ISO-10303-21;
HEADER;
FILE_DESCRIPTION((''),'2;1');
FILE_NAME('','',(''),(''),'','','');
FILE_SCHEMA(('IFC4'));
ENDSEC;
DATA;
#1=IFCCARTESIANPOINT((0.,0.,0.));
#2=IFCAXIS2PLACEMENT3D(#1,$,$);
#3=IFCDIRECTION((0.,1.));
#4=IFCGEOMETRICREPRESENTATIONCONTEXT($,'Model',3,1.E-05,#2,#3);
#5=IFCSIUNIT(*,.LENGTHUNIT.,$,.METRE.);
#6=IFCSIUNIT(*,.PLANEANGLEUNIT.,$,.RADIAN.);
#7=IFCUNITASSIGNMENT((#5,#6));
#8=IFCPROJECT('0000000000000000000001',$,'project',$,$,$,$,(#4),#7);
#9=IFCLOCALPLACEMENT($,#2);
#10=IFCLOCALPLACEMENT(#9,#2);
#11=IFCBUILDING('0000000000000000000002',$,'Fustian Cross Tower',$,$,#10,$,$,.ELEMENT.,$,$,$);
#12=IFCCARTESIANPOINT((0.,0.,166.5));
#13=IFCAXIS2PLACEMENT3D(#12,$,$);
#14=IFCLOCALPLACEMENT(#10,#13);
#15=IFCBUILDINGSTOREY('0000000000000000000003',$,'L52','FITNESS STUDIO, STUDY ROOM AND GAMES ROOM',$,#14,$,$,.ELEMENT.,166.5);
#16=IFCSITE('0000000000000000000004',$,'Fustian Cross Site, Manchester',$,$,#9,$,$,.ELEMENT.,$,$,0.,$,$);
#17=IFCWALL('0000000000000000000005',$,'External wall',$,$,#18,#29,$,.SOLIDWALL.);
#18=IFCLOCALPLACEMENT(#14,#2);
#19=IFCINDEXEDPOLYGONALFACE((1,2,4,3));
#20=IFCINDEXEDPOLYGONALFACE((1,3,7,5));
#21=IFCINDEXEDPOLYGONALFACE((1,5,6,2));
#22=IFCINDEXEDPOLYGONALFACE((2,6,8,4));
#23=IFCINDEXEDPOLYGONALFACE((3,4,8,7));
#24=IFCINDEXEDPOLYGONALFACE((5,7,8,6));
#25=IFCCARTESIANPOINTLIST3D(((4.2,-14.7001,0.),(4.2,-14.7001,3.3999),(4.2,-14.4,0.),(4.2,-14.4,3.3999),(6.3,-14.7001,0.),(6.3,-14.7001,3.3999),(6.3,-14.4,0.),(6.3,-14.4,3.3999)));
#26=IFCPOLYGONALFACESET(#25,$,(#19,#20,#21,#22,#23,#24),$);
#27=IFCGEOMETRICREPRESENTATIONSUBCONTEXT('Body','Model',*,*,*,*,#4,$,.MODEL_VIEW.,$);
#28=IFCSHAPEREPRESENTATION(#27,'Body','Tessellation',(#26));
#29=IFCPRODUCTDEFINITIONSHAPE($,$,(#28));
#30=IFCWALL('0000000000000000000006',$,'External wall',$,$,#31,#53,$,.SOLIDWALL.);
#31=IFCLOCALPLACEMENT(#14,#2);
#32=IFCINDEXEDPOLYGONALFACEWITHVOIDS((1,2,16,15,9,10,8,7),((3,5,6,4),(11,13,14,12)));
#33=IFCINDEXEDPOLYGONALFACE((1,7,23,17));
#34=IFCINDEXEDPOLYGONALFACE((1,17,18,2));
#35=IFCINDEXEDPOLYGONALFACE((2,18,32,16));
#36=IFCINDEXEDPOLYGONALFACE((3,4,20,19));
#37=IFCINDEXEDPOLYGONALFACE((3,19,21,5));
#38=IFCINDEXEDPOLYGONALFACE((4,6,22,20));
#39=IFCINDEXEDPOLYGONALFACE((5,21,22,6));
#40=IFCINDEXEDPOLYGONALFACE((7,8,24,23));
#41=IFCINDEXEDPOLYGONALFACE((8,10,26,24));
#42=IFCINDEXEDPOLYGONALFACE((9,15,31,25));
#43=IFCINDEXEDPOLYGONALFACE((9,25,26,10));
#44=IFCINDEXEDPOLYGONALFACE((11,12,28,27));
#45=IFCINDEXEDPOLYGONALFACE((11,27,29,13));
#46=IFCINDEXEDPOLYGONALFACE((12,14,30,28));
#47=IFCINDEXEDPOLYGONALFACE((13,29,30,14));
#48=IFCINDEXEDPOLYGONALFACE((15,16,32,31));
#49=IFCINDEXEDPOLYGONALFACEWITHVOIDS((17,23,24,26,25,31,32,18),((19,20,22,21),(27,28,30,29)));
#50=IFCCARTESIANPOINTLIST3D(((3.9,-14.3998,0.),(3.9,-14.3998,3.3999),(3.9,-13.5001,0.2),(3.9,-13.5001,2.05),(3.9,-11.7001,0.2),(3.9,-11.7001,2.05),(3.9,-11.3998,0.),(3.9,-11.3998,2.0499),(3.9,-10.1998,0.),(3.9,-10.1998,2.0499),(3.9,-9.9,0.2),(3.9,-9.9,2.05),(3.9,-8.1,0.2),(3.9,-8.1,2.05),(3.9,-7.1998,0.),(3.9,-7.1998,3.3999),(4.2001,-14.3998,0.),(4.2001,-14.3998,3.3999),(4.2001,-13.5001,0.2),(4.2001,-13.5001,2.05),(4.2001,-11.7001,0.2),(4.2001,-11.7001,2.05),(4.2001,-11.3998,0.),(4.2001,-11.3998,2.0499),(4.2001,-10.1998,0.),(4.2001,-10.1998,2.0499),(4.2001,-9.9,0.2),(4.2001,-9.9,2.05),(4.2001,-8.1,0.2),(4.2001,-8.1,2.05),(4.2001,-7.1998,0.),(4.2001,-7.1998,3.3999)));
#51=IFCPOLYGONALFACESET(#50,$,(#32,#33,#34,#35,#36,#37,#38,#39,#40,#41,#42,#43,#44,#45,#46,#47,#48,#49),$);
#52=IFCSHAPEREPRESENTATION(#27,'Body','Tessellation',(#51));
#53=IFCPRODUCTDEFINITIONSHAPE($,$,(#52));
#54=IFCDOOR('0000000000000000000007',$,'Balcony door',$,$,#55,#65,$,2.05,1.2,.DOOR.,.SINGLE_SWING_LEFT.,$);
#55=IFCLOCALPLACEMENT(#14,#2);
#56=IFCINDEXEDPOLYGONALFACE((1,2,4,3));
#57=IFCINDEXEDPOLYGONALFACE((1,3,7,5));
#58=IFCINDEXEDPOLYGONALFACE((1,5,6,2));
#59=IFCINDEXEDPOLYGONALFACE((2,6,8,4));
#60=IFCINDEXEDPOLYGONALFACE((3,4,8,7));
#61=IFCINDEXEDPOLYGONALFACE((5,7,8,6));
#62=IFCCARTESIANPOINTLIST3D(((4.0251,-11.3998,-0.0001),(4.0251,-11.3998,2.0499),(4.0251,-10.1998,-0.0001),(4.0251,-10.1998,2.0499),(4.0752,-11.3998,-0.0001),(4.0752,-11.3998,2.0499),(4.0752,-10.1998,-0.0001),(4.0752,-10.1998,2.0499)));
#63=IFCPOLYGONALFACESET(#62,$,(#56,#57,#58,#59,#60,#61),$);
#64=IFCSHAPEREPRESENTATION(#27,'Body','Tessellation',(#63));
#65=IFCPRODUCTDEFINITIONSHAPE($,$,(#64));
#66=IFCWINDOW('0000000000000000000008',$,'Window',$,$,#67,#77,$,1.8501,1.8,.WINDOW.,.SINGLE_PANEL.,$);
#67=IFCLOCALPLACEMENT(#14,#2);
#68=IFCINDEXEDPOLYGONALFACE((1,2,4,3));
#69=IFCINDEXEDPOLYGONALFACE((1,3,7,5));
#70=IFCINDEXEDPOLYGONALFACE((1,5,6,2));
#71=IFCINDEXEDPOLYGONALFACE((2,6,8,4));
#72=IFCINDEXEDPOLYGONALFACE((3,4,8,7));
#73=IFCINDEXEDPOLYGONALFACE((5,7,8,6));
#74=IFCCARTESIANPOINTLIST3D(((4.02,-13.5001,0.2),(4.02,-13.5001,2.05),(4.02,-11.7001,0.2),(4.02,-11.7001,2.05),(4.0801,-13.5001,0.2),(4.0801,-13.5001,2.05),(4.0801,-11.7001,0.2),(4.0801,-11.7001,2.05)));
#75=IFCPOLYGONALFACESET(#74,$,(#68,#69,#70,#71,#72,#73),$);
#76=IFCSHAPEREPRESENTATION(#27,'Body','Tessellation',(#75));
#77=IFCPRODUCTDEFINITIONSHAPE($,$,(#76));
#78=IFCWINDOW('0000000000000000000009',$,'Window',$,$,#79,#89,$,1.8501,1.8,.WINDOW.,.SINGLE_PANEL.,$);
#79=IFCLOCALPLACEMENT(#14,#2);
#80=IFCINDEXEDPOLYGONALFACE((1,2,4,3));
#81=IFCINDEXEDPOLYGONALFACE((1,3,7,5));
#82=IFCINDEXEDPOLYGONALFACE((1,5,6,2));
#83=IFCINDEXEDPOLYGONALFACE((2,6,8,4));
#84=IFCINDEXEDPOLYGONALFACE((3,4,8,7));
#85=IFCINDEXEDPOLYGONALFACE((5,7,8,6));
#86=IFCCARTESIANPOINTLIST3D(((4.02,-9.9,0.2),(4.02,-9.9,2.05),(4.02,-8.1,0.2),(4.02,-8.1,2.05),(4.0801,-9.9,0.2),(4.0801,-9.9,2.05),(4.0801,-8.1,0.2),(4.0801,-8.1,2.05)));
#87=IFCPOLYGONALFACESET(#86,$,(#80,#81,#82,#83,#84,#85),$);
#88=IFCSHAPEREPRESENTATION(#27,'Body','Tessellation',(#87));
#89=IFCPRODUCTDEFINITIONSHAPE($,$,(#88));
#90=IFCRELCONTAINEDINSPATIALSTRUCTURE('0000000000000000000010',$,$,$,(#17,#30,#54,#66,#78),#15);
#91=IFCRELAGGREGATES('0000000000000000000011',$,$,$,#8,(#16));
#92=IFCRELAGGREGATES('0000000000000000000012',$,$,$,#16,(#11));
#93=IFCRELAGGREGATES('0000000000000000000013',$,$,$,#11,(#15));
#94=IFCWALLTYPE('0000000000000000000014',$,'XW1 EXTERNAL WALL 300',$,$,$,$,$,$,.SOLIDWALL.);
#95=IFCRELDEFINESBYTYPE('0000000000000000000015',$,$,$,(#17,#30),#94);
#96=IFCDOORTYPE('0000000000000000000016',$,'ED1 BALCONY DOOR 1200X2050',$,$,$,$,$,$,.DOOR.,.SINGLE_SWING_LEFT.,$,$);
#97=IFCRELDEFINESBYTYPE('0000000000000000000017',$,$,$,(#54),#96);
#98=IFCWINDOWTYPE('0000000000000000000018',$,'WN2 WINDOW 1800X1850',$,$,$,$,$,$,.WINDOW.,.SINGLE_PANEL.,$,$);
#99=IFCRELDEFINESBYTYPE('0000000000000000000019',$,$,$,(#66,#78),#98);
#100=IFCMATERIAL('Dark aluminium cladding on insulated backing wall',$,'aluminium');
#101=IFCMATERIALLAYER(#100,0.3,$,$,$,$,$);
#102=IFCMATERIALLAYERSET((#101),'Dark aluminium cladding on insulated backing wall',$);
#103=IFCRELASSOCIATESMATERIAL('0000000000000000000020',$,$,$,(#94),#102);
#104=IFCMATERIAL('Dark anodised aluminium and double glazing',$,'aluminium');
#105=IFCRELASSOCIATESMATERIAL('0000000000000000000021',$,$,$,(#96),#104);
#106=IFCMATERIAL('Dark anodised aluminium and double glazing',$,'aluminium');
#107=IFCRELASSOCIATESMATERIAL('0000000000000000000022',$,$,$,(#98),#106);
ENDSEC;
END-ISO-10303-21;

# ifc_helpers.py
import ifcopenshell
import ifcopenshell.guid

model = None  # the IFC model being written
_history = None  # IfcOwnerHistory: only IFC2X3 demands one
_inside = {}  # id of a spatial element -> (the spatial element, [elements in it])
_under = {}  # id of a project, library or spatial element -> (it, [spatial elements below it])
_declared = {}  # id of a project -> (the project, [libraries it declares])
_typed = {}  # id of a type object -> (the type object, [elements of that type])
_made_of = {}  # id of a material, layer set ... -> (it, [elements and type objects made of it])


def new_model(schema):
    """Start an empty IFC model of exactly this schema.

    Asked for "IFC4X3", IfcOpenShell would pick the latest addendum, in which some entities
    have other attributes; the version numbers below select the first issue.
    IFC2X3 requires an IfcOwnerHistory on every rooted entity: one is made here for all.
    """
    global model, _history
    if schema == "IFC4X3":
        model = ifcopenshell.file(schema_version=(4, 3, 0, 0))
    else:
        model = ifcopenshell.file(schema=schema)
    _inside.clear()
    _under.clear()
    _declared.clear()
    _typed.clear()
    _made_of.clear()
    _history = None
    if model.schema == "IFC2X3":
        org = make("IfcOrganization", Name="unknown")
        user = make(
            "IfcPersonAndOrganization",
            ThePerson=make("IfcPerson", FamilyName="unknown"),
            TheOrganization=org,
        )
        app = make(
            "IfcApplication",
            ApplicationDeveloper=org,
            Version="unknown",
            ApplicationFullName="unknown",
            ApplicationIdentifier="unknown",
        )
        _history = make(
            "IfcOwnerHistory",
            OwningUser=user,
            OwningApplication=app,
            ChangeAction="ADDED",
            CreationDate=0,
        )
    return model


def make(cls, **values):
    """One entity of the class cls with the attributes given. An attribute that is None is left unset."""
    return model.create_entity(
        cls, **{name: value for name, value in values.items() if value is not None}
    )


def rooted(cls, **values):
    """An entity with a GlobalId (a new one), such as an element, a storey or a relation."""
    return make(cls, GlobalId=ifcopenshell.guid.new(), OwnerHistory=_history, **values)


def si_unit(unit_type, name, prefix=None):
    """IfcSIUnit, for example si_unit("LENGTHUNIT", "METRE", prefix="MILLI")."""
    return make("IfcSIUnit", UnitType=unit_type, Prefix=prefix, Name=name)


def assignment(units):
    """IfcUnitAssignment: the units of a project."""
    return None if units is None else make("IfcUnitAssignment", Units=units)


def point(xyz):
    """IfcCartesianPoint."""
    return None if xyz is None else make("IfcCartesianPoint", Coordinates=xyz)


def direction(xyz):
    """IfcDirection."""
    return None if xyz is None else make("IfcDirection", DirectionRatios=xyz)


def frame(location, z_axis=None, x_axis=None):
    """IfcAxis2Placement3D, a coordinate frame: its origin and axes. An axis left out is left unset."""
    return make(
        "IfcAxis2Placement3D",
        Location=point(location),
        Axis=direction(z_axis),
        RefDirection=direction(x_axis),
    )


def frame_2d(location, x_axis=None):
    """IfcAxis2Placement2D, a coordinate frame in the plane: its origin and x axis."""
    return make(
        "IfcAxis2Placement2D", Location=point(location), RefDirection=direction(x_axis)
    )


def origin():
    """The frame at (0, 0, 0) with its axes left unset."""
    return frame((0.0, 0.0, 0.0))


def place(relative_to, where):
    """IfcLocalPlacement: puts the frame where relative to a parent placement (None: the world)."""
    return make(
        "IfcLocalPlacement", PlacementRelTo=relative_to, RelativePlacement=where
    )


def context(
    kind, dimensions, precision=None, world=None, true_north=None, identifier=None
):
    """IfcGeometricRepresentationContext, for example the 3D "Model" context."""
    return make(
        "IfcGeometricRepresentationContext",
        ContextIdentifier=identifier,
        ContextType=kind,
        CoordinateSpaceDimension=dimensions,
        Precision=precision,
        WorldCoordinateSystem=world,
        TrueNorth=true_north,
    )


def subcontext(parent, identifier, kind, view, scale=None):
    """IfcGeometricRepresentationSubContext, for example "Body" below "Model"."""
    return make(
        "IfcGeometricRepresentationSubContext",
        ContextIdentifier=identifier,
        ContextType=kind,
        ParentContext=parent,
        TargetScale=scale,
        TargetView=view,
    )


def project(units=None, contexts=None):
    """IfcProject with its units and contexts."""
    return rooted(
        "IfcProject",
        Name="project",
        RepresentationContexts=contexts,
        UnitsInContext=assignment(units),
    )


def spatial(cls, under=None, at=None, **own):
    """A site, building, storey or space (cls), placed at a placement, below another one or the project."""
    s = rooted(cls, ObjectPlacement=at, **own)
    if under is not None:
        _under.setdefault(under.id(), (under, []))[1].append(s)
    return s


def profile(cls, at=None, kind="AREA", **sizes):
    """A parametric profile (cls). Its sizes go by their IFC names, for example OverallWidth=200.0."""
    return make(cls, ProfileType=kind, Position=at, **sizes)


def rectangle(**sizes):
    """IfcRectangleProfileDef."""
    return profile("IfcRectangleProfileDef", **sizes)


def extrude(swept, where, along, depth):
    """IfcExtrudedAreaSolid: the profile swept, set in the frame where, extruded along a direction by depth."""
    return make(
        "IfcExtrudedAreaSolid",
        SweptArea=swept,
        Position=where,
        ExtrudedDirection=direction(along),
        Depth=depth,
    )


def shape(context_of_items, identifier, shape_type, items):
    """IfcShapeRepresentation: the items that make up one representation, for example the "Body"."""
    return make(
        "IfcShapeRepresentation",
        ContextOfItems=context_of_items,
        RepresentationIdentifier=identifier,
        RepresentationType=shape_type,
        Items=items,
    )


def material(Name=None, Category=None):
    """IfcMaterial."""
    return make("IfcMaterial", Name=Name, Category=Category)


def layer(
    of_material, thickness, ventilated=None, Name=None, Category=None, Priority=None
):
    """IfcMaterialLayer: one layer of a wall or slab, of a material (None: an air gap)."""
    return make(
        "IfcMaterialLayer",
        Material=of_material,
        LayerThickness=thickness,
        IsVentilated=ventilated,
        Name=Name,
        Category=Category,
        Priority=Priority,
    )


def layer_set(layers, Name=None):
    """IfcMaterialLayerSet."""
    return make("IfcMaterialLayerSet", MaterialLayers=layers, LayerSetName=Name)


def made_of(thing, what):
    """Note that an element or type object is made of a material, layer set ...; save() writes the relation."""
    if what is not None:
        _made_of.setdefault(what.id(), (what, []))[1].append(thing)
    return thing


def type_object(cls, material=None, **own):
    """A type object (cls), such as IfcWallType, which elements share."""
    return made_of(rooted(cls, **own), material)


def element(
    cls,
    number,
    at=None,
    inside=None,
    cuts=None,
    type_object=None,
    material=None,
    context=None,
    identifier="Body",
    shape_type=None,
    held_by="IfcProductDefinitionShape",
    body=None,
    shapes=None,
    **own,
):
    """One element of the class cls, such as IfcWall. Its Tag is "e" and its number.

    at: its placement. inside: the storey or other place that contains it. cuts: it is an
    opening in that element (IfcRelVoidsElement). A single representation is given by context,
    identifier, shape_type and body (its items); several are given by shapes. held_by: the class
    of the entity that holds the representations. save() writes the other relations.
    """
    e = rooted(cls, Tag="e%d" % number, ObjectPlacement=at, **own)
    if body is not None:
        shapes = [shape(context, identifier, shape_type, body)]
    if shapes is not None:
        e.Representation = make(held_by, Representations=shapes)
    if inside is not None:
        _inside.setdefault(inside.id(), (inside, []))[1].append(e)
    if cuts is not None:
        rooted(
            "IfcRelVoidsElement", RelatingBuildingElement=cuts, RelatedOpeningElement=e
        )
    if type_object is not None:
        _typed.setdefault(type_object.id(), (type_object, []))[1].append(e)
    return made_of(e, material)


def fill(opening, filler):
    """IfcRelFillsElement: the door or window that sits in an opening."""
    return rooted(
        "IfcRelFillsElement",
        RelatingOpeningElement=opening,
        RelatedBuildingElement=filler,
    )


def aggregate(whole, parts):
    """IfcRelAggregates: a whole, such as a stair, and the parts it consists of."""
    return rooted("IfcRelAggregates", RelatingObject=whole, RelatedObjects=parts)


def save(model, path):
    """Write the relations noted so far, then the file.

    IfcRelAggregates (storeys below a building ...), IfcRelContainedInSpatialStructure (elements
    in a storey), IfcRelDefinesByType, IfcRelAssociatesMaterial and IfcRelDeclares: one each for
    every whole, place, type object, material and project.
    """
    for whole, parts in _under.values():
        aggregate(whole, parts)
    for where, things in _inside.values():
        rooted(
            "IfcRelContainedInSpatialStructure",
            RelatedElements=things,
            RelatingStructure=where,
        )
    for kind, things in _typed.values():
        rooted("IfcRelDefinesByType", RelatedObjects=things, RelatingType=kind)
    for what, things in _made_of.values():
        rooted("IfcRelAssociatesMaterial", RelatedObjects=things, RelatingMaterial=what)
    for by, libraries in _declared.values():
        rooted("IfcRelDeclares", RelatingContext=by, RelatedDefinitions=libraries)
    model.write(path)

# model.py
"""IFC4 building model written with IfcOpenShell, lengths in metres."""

from ifc_helpers import new_model, si_unit, direction, frame, frame_2d, origin, place, context, subcontext, project, spatial, rectangle, extrude, material, layer, layer_set, type_object, element, fill, save


model = new_model("IFC4")

# Units and contexts
model_context = context("Model", 3, precision=1e-05, world=origin(), true_north=direction((0.0, 1.0)))
body_context = subcontext(model_context, "Body", "Model", "MODEL_VIEW")
ifc_project = project(units=[si_unit("LENGTHUNIT", "METRE"), si_unit("PLANEANGLEUNIT", "RADIAN")], contexts=[model_context])

# Site, building, storey
site_placement = place(None, origin())
site = spatial("IfcSite", under=ifc_project, at=site_placement, Name="Fustian Cross Site, Manchester", CompositionType="ELEMENT", RefElevation=0.0)
building_placement = place(site_placement, origin())
building = spatial("IfcBuilding", under=site, at=building_placement, Name="Fustian Cross Tower", CompositionType="ELEMENT")
storey_placement = place(building_placement, frame((0.0, 0.0, 166.5)))
storey = spatial("IfcBuildingStorey", under=building, at=storey_placement, Name="L52", Description="FITNESS STUDIO, STUDY ROOM AND GAMES ROOM", CompositionType="ELEMENT", Elevation=166.5)

# Wall
ifc_material_1 = material(Name="Dark aluminium cladding on insulated backing wall", Category="aluminium")
ifc_layer_1 = layer(ifc_material_1, 0.3)
ifc_layer_set_1 = layer_set([ifc_layer_1], Name="Dark aluminium cladding on insulated backing wall")
wall_type_1 = type_object("IfcWallType", Name="XW1 EXTERNAL WALL 300", PredefinedType="SOLIDWALL", material=ifc_layer_set_1)
wall_1_placement = place(storey_placement, frame((6.3, -14.55, 0.0), z_axis=(0.0, 0.0, 1.0), x_axis=(-1.0, 0.0, 0.0)))
element("IfcWall", 1, at=wall_1_placement, inside=storey, type_object=wall_type_1, Name="External wall", PredefinedType="SOLIDWALL", context=body_context, shape_type="SweptSolid", body=[
    extrude(rectangle(XDim=2.1001, YDim=0.3, at=frame_2d((1.05, 0.0))), origin(), (0.0, 0.0, 1.0), 3.3999),
])

# Wall, openings, door, windows
wall_2_placement = place(storey_placement, frame((4.05, -14.3999, 0.0), z_axis=(0.0, 0.0, 1.0), x_axis=(0.0, 1.0, 0.0)))
wall_2 = element("IfcWall", 2, at=wall_2_placement, inside=storey, type_object=wall_type_1, Name="External wall", PredefinedType="SOLIDWALL", context=body_context, shape_type="SweptSolid", body=[
    extrude(rectangle(XDim=7.2, YDim=0.3, at=frame_2d((3.6001, 0.0))), origin(), (0.0, 0.0, 1.0), 3.3999),
])
opening_1_placement = place(wall_2_placement, frame((3.0, 0.0, 0.0)))
opening_1 = element("IfcOpeningElement", 3, at=opening_1_placement, cuts=wall_2, PredefinedType="OPENING", context=body_context, shape_type="SweptSolid", body=[
    extrude(rectangle(XDim=1.2, YDim=2.05, at=frame_2d((0.6001, 1.0249))), frame((0.0, 0.1599, 0.0), z_axis=(0.0, -1.0, 0.0), x_axis=(1.0, 0.0, 0.0)), (0.0, 0.0, 1.0), 0.3201),
])
opening_2_placement = place(wall_2_placement, frame((0.8999, 0.0, 0.2)))
opening_2 = element("IfcOpeningElement", 4, at=opening_2_placement, cuts=wall_2, PredefinedType="OPENING", context=body_context, shape_type="SweptSolid", body=[
    extrude(rectangle(XDim=1.8, YDim=1.8501, at=frame_2d((0.8999, 0.925))), frame((0.0, 0.1599, 0.0), z_axis=(0.0, -1.0, 0.0), x_axis=(1.0, 0.0, 0.0)), (0.0, 0.0, 1.0), 0.3201),
])
opening_3_placement = place(wall_2_placement, frame((4.5, 0.0, 0.2)))
opening_3 = element("IfcOpeningElement", 5, at=opening_3_placement, cuts=wall_2, PredefinedType="OPENING", context=body_context, shape_type="SweptSolid", body=[
    extrude(rectangle(XDim=1.8, YDim=1.8501, at=frame_2d((0.8999, 0.925))), frame((0.0, 0.1599, 0.0), z_axis=(0.0, -1.0, 0.0), x_axis=(1.0, 0.0, 0.0)), (0.0, 0.0, 1.0), 0.3201),
])
ifc_material_2 = material(Name="Dark anodised aluminium and double glazing", Category="aluminium")
door_type = type_object("IfcDoorType", Name="ED1 BALCONY DOOR 1200X2050", OperationType="SINGLE_SWING_LEFT", PredefinedType="DOOR", material=ifc_material_2)
door_placement = place(opening_1_placement, origin())
door = element("IfcDoor", 6, at=door_placement, inside=storey, type_object=door_type, Name="Balcony door", OperationType="SINGLE_SWING_LEFT", OverallHeight=2.05, OverallWidth=1.2, PredefinedType="DOOR", context=body_context, shape_type="SweptSolid", body=[
    extrude(rectangle(XDim=1.2, YDim=2.05, at=frame_2d((0.6001, 1.0249))), frame((0.0, 0.0249, 0.0), z_axis=(0.0, -1.0, 0.0), x_axis=(1.0, 0.0, 0.0)), (0.0, 0.0, 1.0), 0.05),
])
fill(opening_1, door)
ifc_material_3 = material(Name="Dark anodised aluminium and double glazing", Category="aluminium")
window_type = type_object("IfcWindowType", Name="WN2 WINDOW 1800X1850", PartitioningType="SINGLE_PANEL", PredefinedType="WINDOW", material=ifc_material_3)
window_1_placement = place(opening_2_placement, origin())
window_1 = element("IfcWindow", 7, at=window_1_placement, inside=storey, type_object=window_type, Name="Window", OverallHeight=1.8501, OverallWidth=1.8, PartitioningType="SINGLE_PANEL", PredefinedType="WINDOW", context=body_context, shape_type="SweptSolid", body=[
    extrude(rectangle(XDim=1.8, YDim=1.8501, at=frame_2d((0.8999, 0.925))), frame((0.0, 0.03, 0.0), z_axis=(0.0, -1.0, 0.0), x_axis=(1.0, 0.0, 0.0)), (0.0, 0.0, 1.0), 0.0601),
])
fill(opening_2, window_1)
window_2_placement = place(opening_3_placement, origin())
window_2 = element("IfcWindow", 8, at=window_2_placement, inside=storey, type_object=window_type, Name="Window", OverallHeight=1.8501, OverallWidth=1.8, PartitioningType="SINGLE_PANEL", PredefinedType="WINDOW", context=body_context, shape_type="SweptSolid", body=[
    extrude(rectangle(XDim=1.8, YDim=1.8501, at=frame_2d((0.8999, 0.925))), frame((0.0, 0.03, 0.0), z_axis=(0.0, -1.0, 0.0), x_axis=(1.0, 0.0, 0.0)), (0.0, 0.0, 1.0), 0.0601),
])
fill(opening_3, window_2)

save(model, "model.ifc")
